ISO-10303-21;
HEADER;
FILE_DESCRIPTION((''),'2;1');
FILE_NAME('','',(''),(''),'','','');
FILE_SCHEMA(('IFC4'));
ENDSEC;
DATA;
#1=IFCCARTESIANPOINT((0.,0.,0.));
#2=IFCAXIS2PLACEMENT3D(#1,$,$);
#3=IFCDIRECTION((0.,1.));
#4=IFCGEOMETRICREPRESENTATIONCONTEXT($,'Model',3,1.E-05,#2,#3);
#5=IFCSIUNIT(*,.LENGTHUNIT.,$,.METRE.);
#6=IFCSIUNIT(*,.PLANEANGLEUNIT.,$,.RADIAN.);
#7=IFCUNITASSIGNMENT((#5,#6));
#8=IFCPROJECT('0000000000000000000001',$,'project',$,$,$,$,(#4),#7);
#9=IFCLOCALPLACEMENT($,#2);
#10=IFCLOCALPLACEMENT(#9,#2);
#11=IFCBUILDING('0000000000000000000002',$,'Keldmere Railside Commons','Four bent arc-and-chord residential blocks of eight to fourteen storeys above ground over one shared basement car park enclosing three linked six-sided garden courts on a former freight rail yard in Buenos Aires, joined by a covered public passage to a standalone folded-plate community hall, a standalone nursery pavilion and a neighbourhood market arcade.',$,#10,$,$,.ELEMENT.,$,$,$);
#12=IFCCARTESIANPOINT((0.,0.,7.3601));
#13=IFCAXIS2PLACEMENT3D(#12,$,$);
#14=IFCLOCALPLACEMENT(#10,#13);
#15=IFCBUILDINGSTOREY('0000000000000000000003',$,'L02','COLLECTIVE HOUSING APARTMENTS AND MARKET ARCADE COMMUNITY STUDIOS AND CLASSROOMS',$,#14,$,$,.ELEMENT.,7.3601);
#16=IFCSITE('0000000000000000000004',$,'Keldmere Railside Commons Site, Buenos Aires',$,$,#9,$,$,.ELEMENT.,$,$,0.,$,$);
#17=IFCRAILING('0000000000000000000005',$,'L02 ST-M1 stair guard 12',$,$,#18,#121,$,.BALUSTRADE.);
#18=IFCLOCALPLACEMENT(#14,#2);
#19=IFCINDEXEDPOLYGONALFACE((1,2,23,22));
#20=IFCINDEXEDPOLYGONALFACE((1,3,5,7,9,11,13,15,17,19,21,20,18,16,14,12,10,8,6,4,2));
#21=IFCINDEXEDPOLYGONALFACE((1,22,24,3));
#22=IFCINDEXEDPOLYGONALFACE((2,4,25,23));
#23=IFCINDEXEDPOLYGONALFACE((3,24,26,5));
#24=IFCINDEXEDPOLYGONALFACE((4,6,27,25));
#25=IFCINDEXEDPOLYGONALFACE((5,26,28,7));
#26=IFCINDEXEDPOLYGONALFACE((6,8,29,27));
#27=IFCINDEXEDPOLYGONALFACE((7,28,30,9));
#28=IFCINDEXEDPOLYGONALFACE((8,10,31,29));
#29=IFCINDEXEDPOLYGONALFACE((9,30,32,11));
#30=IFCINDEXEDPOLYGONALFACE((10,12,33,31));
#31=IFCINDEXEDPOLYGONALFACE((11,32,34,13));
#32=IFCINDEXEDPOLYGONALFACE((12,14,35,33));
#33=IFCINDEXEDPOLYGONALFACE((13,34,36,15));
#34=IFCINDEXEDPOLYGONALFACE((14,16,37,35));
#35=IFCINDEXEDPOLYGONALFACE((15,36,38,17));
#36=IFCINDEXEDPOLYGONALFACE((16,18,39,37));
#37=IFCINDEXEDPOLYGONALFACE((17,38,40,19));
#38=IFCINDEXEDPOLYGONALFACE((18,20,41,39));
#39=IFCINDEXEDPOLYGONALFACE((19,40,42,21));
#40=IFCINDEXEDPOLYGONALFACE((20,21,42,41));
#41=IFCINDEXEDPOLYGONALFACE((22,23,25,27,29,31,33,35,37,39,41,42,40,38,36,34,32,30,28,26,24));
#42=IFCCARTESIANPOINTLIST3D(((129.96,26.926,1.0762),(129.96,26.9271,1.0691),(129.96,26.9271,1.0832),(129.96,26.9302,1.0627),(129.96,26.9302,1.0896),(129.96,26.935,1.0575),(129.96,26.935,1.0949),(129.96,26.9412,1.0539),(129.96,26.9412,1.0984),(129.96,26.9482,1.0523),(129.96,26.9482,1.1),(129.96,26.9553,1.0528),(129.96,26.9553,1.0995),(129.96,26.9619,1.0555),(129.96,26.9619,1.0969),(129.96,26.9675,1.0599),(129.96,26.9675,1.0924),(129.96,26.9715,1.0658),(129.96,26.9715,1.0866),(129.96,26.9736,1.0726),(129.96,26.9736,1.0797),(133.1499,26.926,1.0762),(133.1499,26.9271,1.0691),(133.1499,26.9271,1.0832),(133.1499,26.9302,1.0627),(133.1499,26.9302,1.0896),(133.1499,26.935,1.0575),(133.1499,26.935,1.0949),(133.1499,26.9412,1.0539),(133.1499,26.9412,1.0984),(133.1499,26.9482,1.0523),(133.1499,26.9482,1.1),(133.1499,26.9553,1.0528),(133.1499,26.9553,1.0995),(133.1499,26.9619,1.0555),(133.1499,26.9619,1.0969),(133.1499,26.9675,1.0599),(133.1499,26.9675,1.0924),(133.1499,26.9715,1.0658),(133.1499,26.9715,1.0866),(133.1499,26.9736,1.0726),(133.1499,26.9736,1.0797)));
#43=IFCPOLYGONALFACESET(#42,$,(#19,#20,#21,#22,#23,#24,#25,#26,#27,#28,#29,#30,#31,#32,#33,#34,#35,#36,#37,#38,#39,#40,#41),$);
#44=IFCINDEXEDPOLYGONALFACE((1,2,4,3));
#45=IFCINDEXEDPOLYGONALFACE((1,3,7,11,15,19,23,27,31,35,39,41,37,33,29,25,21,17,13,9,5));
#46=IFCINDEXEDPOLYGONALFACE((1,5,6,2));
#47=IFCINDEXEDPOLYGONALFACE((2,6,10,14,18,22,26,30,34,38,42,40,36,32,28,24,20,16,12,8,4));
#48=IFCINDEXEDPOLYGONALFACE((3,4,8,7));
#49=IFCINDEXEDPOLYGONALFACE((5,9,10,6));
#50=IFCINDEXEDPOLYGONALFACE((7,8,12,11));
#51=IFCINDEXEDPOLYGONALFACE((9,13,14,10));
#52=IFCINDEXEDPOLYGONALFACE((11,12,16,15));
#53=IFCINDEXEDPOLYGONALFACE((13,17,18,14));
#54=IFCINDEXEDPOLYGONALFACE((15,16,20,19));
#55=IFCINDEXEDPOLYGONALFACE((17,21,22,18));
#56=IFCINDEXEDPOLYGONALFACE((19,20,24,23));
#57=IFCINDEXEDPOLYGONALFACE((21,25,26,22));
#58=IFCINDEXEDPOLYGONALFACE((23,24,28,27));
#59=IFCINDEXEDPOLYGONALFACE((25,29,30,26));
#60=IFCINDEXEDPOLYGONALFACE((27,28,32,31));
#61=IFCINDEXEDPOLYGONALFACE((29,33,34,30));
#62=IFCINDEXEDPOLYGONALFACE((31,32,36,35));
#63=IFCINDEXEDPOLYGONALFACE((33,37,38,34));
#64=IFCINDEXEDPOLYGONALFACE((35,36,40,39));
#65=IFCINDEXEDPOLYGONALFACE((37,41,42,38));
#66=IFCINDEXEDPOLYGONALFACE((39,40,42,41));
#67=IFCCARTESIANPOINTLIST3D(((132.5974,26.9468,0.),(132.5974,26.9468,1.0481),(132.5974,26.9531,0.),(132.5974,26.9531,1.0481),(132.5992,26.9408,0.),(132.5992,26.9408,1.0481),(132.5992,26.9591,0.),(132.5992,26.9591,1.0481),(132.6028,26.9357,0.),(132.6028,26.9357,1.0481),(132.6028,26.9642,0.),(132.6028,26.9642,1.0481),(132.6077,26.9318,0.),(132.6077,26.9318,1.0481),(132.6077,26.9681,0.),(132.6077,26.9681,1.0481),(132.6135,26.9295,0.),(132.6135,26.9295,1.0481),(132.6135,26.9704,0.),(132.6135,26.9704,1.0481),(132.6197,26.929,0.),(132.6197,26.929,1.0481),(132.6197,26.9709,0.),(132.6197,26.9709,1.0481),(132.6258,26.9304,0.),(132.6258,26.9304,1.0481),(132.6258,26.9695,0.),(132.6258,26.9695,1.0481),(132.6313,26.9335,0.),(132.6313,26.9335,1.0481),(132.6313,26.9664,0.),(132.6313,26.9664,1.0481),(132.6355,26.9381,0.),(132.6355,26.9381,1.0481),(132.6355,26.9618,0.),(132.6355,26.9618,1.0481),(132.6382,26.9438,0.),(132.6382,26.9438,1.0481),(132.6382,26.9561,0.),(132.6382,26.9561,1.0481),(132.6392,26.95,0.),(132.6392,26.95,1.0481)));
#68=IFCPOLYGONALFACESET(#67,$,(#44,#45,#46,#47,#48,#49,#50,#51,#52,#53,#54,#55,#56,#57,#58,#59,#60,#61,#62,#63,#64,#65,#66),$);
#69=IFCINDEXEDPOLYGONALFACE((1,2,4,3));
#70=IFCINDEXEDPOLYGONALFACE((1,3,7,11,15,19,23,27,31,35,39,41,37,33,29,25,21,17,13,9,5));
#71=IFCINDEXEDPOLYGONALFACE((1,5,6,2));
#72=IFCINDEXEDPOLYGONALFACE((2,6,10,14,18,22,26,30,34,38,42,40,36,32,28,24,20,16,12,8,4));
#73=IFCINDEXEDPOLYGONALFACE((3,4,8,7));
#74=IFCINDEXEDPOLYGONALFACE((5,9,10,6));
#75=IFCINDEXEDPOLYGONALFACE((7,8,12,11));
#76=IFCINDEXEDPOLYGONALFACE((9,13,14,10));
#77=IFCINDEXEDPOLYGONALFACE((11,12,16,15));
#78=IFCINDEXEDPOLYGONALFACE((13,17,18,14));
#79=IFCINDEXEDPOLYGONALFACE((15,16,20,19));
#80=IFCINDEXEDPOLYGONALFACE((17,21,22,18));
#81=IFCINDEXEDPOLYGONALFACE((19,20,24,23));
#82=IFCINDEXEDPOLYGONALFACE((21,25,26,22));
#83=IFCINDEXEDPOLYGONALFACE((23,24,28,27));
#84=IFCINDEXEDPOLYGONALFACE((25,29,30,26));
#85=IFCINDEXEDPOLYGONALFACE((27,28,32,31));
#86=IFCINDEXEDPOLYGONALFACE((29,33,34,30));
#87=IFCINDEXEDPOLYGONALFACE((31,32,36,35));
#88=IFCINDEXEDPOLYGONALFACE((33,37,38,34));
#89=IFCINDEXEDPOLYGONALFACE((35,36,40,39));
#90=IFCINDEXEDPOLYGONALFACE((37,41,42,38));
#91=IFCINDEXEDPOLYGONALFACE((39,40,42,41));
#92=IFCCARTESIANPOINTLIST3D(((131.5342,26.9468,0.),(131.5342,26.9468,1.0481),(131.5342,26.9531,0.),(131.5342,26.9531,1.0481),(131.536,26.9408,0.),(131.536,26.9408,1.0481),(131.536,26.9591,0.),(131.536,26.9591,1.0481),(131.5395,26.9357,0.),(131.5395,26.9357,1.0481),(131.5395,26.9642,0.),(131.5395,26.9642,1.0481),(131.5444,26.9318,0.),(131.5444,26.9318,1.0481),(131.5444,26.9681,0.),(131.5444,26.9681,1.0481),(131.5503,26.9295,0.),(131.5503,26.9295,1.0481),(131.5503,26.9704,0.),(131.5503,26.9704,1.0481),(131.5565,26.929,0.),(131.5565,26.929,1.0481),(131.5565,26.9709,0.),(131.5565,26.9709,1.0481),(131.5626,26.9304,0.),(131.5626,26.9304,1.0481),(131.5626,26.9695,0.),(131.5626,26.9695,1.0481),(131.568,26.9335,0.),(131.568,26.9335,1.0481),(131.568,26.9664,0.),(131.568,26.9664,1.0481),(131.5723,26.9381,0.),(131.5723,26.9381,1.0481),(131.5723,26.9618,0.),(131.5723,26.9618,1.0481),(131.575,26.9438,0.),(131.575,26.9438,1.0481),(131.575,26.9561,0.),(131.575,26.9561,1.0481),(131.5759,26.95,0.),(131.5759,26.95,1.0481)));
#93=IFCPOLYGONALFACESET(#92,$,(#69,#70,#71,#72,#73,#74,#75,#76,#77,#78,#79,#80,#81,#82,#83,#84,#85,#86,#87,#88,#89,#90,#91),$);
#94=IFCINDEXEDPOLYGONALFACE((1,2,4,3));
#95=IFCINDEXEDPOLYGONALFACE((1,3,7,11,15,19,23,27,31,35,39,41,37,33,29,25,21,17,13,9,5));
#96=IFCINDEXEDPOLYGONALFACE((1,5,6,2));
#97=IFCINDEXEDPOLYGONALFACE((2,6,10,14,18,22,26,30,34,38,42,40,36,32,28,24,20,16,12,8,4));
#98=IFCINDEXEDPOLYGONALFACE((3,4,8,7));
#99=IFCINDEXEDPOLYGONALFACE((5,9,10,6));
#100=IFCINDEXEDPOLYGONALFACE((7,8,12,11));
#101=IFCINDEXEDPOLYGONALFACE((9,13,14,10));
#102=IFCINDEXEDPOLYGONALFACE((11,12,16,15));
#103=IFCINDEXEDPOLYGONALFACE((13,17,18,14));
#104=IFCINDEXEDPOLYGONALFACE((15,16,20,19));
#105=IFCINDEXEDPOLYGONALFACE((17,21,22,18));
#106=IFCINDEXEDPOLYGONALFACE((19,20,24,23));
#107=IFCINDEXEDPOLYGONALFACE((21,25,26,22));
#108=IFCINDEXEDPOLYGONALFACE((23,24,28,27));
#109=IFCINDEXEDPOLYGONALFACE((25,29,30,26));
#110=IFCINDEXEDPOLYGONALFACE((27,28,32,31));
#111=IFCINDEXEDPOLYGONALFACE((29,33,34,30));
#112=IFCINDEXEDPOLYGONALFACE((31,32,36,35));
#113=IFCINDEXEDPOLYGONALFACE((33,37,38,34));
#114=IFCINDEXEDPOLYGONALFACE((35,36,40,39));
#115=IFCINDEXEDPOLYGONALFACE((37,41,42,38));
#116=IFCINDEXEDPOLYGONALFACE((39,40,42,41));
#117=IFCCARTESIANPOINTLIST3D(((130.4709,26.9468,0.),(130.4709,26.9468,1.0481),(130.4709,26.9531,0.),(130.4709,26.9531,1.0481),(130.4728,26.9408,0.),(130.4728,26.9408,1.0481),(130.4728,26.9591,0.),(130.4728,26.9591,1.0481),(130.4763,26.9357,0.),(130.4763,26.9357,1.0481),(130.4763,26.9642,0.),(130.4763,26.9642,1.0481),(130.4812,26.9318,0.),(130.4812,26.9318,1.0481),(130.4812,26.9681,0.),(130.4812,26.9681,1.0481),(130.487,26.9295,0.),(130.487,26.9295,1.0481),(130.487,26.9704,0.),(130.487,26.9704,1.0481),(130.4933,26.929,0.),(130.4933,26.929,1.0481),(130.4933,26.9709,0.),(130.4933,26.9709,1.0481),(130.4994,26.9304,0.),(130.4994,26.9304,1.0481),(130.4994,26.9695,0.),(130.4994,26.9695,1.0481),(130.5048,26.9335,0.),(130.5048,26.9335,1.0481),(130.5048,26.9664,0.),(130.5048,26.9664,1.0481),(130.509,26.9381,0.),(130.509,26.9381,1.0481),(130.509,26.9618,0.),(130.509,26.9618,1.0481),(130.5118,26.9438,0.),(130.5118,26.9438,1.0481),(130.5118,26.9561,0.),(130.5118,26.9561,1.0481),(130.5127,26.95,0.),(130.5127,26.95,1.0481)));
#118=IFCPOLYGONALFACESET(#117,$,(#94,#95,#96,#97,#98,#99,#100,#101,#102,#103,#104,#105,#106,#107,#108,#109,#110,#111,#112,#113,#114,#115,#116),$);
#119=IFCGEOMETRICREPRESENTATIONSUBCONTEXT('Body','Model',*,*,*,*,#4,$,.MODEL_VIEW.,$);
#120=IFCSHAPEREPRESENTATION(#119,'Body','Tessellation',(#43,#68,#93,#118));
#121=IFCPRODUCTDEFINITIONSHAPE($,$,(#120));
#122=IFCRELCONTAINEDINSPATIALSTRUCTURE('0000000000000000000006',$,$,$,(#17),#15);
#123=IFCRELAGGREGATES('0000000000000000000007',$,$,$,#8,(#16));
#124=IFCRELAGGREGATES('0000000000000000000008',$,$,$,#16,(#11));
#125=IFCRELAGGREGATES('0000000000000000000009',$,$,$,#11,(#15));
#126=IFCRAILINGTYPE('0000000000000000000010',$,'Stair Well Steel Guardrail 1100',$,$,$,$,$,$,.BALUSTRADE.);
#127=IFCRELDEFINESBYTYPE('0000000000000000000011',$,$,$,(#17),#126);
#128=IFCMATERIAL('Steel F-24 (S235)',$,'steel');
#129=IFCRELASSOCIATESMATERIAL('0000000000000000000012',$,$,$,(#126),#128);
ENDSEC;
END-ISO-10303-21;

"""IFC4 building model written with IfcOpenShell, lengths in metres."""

from ifc_helpers import new_model, si_unit, direction, frame, origin, origin_2d, place, context, subcontext, project, spatial, circle, extrude, material, type_object, element, save


model = new_model("IFC4")

# Units and contexts
model_context = context("Model", 3, precision=1e-05, world=origin(), true_north=direction((0.0, 1.0)))
body_context = subcontext(model_context, "Body", "Model", "MODEL_VIEW")
ifc_project = project(units=[si_unit("LENGTHUNIT", "METRE"), si_unit("PLANEANGLEUNIT", "RADIAN")], contexts=[model_context])

# Site, building, storey
site_placement = place(None, origin())
site = spatial("IfcSite", under=ifc_project, at=site_placement, Name="Keldmere Railside Commons Site, Buenos Aires", CompositionType="ELEMENT", RefElevation=0.0)
building_placement = place(site_placement, origin())
building = spatial("IfcBuilding", under=site, at=building_placement, Name="Keldmere Railside Commons", Description="Four bent arc-and-chord residential blocks of eight to fourteen storeys above ground over one shared basement car park enclosing three linked six-sided garden courts on a former freight rail yard in Buenos Aires, joined by a covered public passage to a standalone folded-plate community hall, a standalone nursery pavilion and a neighbourhood market arcade.", CompositionType="ELEMENT")
storey_placement = place(building_placement, frame((0.0, 0.0, 7.3601)))
storey = spatial("IfcBuildingStorey", under=building, at=storey_placement, Name="L02", Description="COLLECTIVE HOUSING APARTMENTS AND MARKET ARCADE COMMUNITY STUDIOS AND CLASSROOMS", CompositionType="ELEMENT", Elevation=7.3601)

# Shared definitions
ifc_material_1 = material(Name="Steel F-24 (S235)", Category="steel")

# Railing
railing_type_1 = type_object("IfcRailingType", Name="Stair Well Steel Guardrail 1100", PredefinedType="BALUSTRADE", material=ifc_material_1)
railing_1_placement = place(storey_placement, frame((133.1499, 26.95, 0.0)))
element("IfcRailing", 1, at=railing_1_placement, inside=storey, type_object=railing_type_1, Name="L02 ST-M1 stair guard 12", PredefinedType="BALUSTRADE", context=body_context, shape_type="SweptSolid", body=[
    extrude(circle(Radius=0.0239, at=origin_2d()), frame((0.0, 0.0, 1.0762), z_axis=(-1.0, 0.0, 0.0), x_axis=(0.0, -1.0, 0.0)), (0.0, 0.0, 1.0), 3.1899),
    extrude(circle(Radius=0.021, at=origin_2d()), frame((-0.5317, 0.0, 0.0)), (0.0, 0.0, 1.0), 1.0481),
    extrude(circle(Radius=0.021, at=origin_2d()), frame((-1.595, 0.0, 0.0)), (0.0, 0.0, 1.0), 1.0481),
    extrude(circle(Radius=0.021, at=origin_2d()), frame((-2.6582, 0.0, 0.0)), (0.0, 0.0, 1.0), 1.0481),
])

save(model, "model.ifc")
